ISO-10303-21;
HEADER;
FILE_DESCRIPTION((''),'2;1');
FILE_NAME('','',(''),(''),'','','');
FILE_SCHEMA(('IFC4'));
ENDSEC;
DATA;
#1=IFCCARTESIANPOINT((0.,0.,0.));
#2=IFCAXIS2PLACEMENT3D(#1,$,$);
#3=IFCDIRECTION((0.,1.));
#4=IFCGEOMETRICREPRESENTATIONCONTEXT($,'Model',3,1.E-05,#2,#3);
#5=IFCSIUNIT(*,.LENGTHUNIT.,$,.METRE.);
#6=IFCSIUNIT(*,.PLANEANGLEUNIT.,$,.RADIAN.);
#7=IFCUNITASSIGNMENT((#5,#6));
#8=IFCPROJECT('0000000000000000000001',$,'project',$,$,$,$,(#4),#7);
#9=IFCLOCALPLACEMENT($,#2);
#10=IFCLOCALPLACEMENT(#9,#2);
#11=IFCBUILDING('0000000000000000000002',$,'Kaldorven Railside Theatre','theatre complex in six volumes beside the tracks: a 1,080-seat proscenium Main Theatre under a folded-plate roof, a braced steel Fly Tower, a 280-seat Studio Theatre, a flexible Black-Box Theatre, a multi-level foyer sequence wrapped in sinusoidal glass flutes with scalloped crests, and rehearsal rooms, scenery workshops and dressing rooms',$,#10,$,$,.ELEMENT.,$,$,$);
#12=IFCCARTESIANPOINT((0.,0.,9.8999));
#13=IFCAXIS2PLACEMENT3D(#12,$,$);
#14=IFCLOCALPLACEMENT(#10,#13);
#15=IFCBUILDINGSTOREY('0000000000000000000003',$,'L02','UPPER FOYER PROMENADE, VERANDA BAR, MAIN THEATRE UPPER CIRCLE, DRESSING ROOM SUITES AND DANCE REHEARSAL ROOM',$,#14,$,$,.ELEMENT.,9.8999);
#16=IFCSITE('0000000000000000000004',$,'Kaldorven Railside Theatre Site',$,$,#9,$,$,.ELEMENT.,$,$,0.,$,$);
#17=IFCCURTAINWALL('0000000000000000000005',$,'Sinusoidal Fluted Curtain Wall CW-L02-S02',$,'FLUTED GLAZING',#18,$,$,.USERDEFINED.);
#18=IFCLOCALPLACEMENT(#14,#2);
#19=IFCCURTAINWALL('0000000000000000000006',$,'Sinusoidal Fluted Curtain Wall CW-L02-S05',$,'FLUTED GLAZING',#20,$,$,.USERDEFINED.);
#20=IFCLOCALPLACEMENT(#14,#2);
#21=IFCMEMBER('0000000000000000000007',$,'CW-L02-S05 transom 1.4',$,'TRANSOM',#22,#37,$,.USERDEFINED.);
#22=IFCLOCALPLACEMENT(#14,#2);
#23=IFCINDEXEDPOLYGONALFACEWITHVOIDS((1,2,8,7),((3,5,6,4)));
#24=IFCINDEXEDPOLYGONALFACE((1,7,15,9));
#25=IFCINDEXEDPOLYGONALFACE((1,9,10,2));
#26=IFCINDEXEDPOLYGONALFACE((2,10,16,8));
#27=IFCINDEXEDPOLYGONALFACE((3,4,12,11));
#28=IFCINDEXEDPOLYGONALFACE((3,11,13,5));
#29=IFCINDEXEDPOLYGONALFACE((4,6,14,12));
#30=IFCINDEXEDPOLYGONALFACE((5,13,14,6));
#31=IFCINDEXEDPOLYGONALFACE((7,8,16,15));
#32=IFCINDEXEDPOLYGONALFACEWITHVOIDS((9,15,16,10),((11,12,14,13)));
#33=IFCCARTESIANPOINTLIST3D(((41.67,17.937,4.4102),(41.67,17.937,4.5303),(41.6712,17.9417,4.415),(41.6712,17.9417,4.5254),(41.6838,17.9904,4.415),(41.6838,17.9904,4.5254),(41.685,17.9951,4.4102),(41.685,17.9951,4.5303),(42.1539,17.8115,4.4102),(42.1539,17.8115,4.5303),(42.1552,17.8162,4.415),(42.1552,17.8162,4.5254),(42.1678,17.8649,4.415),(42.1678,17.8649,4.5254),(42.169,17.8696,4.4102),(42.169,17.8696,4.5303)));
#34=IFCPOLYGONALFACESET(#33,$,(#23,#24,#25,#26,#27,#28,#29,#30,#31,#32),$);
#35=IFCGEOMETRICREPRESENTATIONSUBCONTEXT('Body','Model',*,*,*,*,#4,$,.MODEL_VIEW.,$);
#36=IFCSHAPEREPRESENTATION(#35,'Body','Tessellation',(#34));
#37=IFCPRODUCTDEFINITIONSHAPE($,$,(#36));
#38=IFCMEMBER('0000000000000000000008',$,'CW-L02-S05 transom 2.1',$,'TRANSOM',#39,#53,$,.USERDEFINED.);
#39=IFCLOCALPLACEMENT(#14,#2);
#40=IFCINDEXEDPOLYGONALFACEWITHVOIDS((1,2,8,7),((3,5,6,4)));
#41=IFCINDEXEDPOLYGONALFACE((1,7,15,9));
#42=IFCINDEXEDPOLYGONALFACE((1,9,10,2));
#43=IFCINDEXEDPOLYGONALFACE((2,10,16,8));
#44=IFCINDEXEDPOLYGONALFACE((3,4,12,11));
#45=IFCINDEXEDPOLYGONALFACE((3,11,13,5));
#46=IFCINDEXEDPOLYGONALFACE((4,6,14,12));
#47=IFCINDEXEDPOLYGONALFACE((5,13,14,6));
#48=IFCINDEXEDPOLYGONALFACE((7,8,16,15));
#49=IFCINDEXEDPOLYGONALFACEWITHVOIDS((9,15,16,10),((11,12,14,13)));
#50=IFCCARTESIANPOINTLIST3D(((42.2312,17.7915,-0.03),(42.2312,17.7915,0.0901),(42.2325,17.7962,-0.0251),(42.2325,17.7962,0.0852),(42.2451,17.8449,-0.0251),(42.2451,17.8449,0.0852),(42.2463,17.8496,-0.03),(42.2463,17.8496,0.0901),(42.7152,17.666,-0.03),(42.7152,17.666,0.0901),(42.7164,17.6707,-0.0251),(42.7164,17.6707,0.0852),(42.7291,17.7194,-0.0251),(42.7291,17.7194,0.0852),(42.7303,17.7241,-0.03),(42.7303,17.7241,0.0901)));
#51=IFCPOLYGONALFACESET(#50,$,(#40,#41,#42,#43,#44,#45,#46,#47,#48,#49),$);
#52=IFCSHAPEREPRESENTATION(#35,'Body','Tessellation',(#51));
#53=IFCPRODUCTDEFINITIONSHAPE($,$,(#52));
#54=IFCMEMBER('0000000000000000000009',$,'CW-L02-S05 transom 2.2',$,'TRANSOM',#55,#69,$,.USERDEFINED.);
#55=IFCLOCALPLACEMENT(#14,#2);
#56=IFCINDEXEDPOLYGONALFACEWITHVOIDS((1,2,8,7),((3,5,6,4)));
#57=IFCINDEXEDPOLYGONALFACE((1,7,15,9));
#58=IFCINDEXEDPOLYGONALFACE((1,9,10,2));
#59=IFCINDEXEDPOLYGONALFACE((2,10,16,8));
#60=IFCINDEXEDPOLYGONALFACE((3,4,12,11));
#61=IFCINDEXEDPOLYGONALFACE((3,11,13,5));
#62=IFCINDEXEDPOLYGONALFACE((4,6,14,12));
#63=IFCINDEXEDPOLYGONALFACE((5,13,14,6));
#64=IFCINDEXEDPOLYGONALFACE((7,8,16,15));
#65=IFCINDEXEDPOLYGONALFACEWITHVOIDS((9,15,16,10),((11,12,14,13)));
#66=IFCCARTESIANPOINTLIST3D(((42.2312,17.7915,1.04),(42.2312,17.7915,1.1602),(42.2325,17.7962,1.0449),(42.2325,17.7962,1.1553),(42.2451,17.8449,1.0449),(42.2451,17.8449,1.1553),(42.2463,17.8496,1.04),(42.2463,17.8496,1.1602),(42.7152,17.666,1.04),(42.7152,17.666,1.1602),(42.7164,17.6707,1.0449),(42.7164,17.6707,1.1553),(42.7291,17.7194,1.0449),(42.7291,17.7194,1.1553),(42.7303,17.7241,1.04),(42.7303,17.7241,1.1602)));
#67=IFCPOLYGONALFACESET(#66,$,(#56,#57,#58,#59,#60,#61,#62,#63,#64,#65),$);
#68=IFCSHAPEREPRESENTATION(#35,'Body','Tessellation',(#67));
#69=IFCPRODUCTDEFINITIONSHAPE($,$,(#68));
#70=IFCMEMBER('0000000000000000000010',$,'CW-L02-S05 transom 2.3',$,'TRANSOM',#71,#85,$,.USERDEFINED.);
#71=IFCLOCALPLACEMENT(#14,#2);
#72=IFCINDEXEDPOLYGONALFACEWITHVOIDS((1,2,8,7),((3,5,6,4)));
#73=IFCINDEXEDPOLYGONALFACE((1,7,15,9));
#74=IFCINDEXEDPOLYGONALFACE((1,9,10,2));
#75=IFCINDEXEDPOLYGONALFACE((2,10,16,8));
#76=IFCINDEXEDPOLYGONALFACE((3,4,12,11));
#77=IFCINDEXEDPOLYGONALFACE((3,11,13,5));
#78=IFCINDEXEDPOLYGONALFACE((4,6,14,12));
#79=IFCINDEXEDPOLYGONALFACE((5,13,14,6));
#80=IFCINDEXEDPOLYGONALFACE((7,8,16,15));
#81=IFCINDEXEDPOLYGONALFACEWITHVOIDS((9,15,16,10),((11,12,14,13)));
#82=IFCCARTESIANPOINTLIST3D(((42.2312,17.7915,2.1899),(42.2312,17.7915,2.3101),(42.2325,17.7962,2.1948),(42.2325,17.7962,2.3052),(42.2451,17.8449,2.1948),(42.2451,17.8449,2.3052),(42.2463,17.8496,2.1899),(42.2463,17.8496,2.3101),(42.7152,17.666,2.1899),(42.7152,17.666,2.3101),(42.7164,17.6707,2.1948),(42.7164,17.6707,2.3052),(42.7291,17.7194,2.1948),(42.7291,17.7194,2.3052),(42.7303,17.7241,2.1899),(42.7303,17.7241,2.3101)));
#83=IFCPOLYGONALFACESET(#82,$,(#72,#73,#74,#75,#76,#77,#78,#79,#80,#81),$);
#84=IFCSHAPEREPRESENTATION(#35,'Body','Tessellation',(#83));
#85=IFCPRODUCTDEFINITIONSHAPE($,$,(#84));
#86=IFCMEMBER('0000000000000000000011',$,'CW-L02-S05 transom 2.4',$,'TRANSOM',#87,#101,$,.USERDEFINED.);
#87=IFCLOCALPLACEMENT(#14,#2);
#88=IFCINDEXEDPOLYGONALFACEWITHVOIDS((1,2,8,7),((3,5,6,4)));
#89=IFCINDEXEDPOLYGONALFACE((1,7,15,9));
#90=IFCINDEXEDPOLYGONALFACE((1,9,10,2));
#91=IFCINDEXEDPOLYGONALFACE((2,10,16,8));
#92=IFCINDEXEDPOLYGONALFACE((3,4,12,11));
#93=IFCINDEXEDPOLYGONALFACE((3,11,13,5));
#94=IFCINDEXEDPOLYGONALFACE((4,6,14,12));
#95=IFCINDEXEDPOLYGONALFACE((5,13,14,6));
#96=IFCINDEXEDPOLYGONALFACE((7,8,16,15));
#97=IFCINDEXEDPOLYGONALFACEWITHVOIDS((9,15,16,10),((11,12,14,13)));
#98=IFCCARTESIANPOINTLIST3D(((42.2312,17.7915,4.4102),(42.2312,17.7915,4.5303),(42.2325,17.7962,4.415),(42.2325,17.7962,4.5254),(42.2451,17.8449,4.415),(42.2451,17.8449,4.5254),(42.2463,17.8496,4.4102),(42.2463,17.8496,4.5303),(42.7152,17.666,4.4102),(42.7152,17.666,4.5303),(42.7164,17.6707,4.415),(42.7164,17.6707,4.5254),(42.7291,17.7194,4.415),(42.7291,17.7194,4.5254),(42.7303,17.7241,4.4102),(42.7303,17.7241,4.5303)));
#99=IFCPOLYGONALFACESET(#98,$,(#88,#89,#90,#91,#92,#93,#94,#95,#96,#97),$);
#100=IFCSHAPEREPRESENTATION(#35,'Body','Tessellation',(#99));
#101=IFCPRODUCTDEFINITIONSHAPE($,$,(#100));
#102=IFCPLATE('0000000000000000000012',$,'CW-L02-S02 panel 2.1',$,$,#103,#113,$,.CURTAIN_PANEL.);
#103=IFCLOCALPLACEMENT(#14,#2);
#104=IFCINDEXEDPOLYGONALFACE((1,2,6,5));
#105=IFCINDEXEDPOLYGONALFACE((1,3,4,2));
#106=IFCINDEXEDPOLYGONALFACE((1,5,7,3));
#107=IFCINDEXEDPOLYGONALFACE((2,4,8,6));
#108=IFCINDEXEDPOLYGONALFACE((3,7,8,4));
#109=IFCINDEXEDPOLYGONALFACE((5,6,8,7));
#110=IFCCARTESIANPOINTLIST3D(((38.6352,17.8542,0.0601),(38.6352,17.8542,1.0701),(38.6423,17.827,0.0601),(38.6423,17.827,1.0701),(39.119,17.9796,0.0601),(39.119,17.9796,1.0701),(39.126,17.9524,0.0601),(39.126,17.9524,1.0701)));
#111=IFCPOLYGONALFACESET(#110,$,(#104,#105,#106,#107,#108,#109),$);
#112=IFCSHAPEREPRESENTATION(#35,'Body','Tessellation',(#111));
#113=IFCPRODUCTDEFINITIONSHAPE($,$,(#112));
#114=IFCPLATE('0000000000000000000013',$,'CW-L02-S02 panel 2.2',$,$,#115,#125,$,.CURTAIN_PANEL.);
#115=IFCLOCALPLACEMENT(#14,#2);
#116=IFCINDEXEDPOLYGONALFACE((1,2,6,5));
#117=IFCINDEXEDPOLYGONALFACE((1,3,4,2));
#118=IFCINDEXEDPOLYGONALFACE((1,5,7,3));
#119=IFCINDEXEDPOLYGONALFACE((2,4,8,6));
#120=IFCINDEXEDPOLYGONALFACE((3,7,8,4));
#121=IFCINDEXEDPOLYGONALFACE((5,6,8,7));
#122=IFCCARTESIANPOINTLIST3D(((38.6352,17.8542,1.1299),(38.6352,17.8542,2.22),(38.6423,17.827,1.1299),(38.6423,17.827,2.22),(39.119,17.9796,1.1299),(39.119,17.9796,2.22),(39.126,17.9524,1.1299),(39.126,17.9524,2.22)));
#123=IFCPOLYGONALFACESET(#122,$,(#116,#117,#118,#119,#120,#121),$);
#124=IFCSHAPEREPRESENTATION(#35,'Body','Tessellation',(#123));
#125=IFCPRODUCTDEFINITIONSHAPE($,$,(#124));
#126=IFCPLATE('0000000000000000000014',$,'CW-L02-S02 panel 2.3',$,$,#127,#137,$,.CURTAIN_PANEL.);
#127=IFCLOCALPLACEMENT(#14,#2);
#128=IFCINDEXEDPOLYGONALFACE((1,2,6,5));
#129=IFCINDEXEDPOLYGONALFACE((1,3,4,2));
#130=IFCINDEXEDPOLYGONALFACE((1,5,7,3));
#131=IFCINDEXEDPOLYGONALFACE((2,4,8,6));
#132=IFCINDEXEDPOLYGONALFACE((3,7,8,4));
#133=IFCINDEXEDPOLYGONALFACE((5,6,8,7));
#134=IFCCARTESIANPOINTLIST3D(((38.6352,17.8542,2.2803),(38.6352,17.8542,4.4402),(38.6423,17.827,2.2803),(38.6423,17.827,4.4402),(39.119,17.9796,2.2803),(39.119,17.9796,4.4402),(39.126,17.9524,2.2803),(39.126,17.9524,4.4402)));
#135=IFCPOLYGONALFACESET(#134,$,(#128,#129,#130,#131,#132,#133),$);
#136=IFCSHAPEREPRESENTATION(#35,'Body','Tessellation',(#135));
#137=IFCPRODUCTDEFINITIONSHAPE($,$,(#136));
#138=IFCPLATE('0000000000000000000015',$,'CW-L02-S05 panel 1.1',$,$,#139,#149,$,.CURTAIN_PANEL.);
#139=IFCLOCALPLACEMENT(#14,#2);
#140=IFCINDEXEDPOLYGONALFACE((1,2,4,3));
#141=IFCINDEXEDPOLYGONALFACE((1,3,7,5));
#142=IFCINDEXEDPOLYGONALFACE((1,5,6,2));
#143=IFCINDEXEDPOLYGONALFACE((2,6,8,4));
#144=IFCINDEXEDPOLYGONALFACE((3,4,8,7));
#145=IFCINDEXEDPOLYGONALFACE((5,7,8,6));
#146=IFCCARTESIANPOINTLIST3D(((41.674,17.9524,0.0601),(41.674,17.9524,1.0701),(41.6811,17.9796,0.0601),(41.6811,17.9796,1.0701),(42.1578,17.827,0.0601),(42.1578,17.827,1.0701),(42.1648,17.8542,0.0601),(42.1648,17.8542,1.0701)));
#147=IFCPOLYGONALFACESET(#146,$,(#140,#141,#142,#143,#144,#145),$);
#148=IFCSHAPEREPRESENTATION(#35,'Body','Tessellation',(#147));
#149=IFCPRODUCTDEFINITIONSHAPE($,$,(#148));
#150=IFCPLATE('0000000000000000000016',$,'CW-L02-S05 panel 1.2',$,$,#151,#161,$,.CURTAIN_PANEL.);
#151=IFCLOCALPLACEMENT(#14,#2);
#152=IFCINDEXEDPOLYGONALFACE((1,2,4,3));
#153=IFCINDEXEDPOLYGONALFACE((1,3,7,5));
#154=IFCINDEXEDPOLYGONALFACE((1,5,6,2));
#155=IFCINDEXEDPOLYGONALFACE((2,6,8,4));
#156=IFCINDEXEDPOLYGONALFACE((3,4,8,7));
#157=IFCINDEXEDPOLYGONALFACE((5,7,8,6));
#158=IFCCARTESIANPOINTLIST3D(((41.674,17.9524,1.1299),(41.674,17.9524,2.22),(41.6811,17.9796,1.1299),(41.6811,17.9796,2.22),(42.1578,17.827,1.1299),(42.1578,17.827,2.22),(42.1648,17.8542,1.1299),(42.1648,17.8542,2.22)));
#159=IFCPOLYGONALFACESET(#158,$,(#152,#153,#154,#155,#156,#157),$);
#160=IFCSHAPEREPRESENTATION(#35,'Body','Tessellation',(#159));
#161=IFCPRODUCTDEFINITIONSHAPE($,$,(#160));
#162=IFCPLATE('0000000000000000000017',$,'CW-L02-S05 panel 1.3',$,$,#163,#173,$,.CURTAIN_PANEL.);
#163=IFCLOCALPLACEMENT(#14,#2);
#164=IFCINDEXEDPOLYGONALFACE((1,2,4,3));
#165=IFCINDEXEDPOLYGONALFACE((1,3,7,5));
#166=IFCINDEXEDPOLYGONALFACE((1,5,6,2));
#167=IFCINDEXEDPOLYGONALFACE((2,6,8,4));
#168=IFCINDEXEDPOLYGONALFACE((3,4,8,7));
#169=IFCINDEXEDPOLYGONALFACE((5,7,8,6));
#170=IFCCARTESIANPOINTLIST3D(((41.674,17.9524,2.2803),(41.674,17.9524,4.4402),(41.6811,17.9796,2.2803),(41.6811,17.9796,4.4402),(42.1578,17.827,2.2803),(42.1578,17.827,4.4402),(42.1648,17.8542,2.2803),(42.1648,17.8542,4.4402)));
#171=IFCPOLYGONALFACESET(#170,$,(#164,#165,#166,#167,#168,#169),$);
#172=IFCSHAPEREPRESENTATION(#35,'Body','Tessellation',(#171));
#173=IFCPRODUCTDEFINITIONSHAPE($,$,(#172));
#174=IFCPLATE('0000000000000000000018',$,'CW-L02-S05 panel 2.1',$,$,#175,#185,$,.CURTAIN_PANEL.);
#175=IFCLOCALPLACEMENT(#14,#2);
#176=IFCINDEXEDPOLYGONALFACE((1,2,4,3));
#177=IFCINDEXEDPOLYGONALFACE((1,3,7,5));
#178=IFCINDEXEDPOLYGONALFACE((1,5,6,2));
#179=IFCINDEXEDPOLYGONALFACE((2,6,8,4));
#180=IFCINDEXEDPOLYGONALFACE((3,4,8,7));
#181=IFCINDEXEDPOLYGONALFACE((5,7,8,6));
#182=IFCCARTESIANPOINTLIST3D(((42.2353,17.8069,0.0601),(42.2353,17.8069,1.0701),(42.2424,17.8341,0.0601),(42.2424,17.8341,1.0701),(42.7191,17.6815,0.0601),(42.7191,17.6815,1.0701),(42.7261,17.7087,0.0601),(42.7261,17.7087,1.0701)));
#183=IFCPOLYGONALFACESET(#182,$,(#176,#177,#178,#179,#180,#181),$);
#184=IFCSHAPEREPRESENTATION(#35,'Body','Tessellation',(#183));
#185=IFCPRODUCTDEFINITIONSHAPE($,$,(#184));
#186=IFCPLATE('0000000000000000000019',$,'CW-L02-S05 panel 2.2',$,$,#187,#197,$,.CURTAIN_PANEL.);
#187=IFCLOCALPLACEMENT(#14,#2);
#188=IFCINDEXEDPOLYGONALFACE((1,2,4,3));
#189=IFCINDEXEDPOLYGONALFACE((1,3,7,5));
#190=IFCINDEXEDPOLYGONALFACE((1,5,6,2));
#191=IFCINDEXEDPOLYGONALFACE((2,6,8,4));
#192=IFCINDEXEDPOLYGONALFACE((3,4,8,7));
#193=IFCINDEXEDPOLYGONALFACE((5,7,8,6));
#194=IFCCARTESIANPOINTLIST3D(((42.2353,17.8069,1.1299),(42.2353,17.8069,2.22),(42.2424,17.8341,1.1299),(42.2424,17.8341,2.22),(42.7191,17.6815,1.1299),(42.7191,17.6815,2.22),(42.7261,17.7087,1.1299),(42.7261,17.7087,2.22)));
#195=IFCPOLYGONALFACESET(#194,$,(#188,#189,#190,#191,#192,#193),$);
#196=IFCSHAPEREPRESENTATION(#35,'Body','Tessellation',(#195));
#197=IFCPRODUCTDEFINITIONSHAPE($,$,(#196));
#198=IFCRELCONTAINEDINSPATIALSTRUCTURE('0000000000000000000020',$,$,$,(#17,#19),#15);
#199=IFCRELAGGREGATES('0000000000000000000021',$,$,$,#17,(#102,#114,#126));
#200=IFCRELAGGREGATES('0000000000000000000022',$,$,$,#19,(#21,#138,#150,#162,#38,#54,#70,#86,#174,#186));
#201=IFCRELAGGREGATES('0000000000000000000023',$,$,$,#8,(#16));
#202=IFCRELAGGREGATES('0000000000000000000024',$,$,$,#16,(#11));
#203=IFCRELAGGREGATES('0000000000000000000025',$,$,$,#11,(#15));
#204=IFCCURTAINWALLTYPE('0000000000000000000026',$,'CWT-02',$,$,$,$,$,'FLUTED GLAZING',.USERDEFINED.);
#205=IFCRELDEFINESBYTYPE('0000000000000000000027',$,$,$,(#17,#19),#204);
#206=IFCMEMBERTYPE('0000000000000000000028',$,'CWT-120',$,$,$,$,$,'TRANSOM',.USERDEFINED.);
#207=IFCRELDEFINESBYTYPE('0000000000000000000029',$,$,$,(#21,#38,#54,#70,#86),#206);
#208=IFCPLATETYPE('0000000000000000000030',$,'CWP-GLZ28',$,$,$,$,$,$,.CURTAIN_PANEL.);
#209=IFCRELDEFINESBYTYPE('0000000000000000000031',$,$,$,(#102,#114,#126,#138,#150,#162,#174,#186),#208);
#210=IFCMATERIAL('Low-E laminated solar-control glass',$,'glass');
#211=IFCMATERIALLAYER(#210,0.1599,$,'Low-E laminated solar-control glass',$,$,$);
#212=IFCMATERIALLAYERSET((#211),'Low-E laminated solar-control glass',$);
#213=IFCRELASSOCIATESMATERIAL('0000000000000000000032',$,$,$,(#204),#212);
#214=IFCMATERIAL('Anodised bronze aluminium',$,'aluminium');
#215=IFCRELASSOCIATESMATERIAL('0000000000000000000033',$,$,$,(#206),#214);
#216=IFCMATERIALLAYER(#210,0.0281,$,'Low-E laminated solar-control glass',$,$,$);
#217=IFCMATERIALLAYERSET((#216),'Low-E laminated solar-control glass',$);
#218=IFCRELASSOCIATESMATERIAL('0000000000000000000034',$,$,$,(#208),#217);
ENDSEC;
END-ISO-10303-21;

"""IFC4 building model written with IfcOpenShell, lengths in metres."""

from ifc_helpers import new_model, si_unit, direction, frame, origin, origin_2d, place, context, subcontext, project, spatial, rectangle, hollow_rectangle, extrude, material, layer, layer_set, material_profile, profile_set, type_object, element, aggregate, save


model = new_model("IFC4")

# Units and contexts
model_context = context("Model", 3, precision=1e-05, world=origin(), true_north=direction((0.0, 1.0)))
body_context = subcontext(model_context, "Body", "Model", "MODEL_VIEW")
ifc_project = project(units=[si_unit("LENGTHUNIT", "METRE"), si_unit("PLANEANGLEUNIT", "RADIAN")], contexts=[model_context])

# Site, building, storey
site_placement = place(None, origin())
site = spatial("IfcSite", under=ifc_project, at=site_placement, Name="Kaldorven Railside Theatre Site", CompositionType="ELEMENT", RefElevation=0.0)
building_placement = place(site_placement, origin())
building = spatial("IfcBuilding", under=site, at=building_placement, Name="Kaldorven Railside Theatre", Description="theatre complex in six volumes beside the tracks: a 1,080-seat proscenium Main Theatre under a folded-plate roof, a braced steel Fly Tower, a 280-seat Studio Theatre, a flexible Black-Box Theatre, a multi-level foyer sequence wrapped in sinusoidal glass flutes with scalloped crests, and rehearsal rooms, scenery workshops and dressing rooms", CompositionType="ELEMENT")
storey_placement = place(building_placement, frame((0.0, 0.0, 9.8999)))
storey = spatial("IfcBuildingStorey", under=building, at=storey_placement, Name="L02", Description="UPPER FOYER PROMENADE, VERANDA BAR, MAIN THEATRE UPPER CIRCLE, DRESSING ROOM SUITES AND DANCE REHEARSAL ROOM", CompositionType="ELEMENT", Elevation=9.8999)

# Curtain wall
ifc_material_1 = material(Name="Low-E laminated solar-control glass", Category="glass")
ifc_layer_1 = layer(ifc_material_1, 0.1599, Name="Low-E laminated solar-control glass")
ifc_layer_set_1 = layer_set([ifc_layer_1], Name="Low-E laminated solar-control glass")
curtain_wall_type = type_object("IfcCurtainWallType", Name="CWT-02", ElementType="FLUTED GLAZING", PredefinedType="USERDEFINED", material=ifc_layer_set_1)
curtain_wall_1_placement = place(storey_placement, origin())
curtain_wall_1 = element("IfcCurtainWall", 1, at=curtain_wall_1_placement, inside=storey, type_object=curtain_wall_type, Name="Sinusoidal Fluted Curtain Wall CW-L02-S02", ObjectType="FLUTED GLAZING", PredefinedType="USERDEFINED")
ifc_material_2 = material(Name="Anodised bronze aluminium", Category="aluminium")

# Curtain wall, members
curtain_wall_2_placement = place(storey_placement, origin())
curtain_wall_2 = element("IfcCurtainWall", 2, at=curtain_wall_2_placement, inside=storey, type_object=curtain_wall_type, Name="Sinusoidal Fluted Curtain Wall CW-L02-S05", ObjectType="FLUTED GLAZING", PredefinedType="USERDEFINED")
ifc_material_profile_1 = material_profile(ifc_material_2, hollow_rectangle(XDim=0.0601, YDim=0.1201, WallThickness=0.0049, at=origin_2d()), Name="RHS 120x60x5")
ifc_profile_set_1 = profile_set([ifc_material_profile_1], Name="Anodised bronze aluminium")
member_type_1 = type_object("IfcMemberType", Name="CWT-120", ElementType="TRANSOM", PredefinedType="USERDEFINED", material=ifc_profile_set_1)
member_1_placement = place(storey_placement, frame((41.6775, 17.9661, 4.4702), z_axis=(0.967979, -0.25103, 0.0), x_axis=(0.25103, 0.967979, 0.0)))
member_1 = element("IfcMember", 3, at=member_1_placement, type_object=member_type_1, Name="CW-L02-S05 transom 1.4", ObjectType="TRANSOM", PredefinedType="USERDEFINED", context=body_context, shape_type="SweptSolid", body=[
    extrude(hollow_rectangle(XDim=0.0601, YDim=0.1201, WallThickness=0.0049, at=origin_2d()), origin(), (0.0, 0.0, 1.0), 0.5),
])
member_2_placement = place(storey_placement, frame((42.2388, 17.8206, 0.03), z_axis=(0.967979, -0.25103, 0.0), x_axis=(0.25103, 0.967979, 0.0)))
member_2 = element("IfcMember", 4, at=member_2_placement, type_object=member_type_1, Name="CW-L02-S05 transom 2.1", ObjectType="TRANSOM", PredefinedType="USERDEFINED", context=body_context, shape_type="SweptSolid", body=[
    extrude(hollow_rectangle(XDim=0.0601, YDim=0.1201, WallThickness=0.0049, at=origin_2d()), origin(), (0.0, 0.0, 1.0), 0.5),
])
member_3_placement = place(storey_placement, frame((42.2388, 17.8206, 1.1001), z_axis=(0.967979, -0.25103, 0.0), x_axis=(0.25103, 0.967979, 0.0)))
member_3 = element("IfcMember", 5, at=member_3_placement, type_object=member_type_1, Name="CW-L02-S05 transom 2.2", ObjectType="TRANSOM", PredefinedType="USERDEFINED", context=body_context, shape_type="SweptSolid", body=[
    extrude(hollow_rectangle(XDim=0.0601, YDim=0.1201, WallThickness=0.0049, at=origin_2d()), origin(), (0.0, 0.0, 1.0), 0.5),
])
member_4_placement = place(storey_placement, frame((42.2388, 17.8206, 2.25), z_axis=(0.967979, -0.25103, 0.0), x_axis=(0.25103, 0.967979, 0.0)))
member_4 = element("IfcMember", 6, at=member_4_placement, type_object=member_type_1, Name="CW-L02-S05 transom 2.3", ObjectType="TRANSOM", PredefinedType="USERDEFINED", context=body_context, shape_type="SweptSolid", body=[
    extrude(hollow_rectangle(XDim=0.0601, YDim=0.1201, WallThickness=0.0049, at=origin_2d()), origin(), (0.0, 0.0, 1.0), 0.5),
])
member_5_placement = place(storey_placement, frame((42.2388, 17.8206, 4.4702), z_axis=(0.967979, -0.25103, 0.0), x_axis=(0.25103, 0.967979, 0.0)))
member_5 = element("IfcMember", 7, at=member_5_placement, type_object=member_type_1, Name="CW-L02-S05 transom 2.4", ObjectType="TRANSOM", PredefinedType="USERDEFINED", context=body_context, shape_type="SweptSolid", body=[
    extrude(hollow_rectangle(XDim=0.0601, YDim=0.1201, WallThickness=0.0049, at=origin_2d()), origin(), (0.0, 0.0, 1.0), 0.5),
])

# Plates
ifc_layer_2 = layer(ifc_material_1, 0.0281, Name="Low-E laminated solar-control glass")
ifc_layer_set_2 = layer_set([ifc_layer_2], Name="Low-E laminated solar-control glass")
plate_type = type_object("IfcPlateType", Name="CWP-GLZ28", PredefinedType="CURTAIN_PANEL", material=ifc_layer_set_2)
plate_1_placement = place(storey_placement, frame((38.8806, 17.9033, 0.0601), z_axis=(0.0, 0.0, 1.0), x_axis=(0.967999, 0.250954, 0.0)))
plate_1 = element("IfcPlate", 8, at=plate_1_placement, type_object=plate_type, Name="CW-L02-S02 panel 2.1", PredefinedType="CURTAIN_PANEL", context=body_context, shape_type="SweptSolid", body=[
    extrude(rectangle(XDim=0.4998, YDim=0.0281, at=origin_2d()), origin(), (0.0, 0.0, 1.0), 1.01),
])
plate_2_placement = place(storey_placement, frame((38.8806, 17.9033, 1.1299), z_axis=(0.0, 0.0, 1.0), x_axis=(0.967999, 0.250954, 0.0)))
plate_2 = element("IfcPlate", 9, at=plate_2_placement, type_object=plate_type, Name="CW-L02-S02 panel 2.2", PredefinedType="CURTAIN_PANEL", context=body_context, shape_type="SweptSolid", body=[
    extrude(rectangle(XDim=0.4998, YDim=0.0281, at=origin_2d()), origin(), (0.0, 0.0, 1.0), 1.0901),
])
plate_3_placement = place(storey_placement, frame((38.8806, 17.9033, 2.2803), z_axis=(0.0, 0.0, 1.0), x_axis=(0.967999, 0.250954, 0.0)))
plate_3 = element("IfcPlate", 10, at=plate_3_placement, type_object=plate_type, Name="CW-L02-S02 panel 2.3", PredefinedType="CURTAIN_PANEL", context=body_context, shape_type="SweptSolid", body=[
    extrude(rectangle(XDim=0.4998, YDim=0.0281, at=origin_2d()), origin(), (0.0, 0.0, 1.0), 2.1599),
])
aggregate(curtain_wall_1, [plate_1, plate_2, plate_3])
plate_4_placement = place(storey_placement, frame((41.9194, 17.9033, 0.0601), z_axis=(0.0, 0.0, 1.0), x_axis=(0.967999, -0.250954, 0.0)))
plate_4 = element("IfcPlate", 11, at=plate_4_placement, type_object=plate_type, Name="CW-L02-S05 panel 1.1", PredefinedType="CURTAIN_PANEL", context=body_context, shape_type="SweptSolid", body=[
    extrude(rectangle(XDim=0.4998, YDim=0.0281, at=origin_2d()), origin(), (0.0, 0.0, 1.0), 1.01),
])
plate_5_placement = place(storey_placement, frame((41.9194, 17.9033, 1.1299), z_axis=(0.0, 0.0, 1.0), x_axis=(0.967999, -0.250954, 0.0)))
plate_5 = element("IfcPlate", 12, at=plate_5_placement, type_object=plate_type, Name="CW-L02-S05 panel 1.2", PredefinedType="CURTAIN_PANEL", context=body_context, shape_type="SweptSolid", body=[
    extrude(rectangle(XDim=0.4998, YDim=0.0281, at=origin_2d()), origin(), (0.0, 0.0, 1.0), 1.0901),
])
plate_6_placement = place(storey_placement, frame((41.9194, 17.9033, 2.2803), z_axis=(0.0, 0.0, 1.0), x_axis=(0.967999, -0.250954, 0.0)))
plate_6 = element("IfcPlate", 13, at=plate_6_placement, type_object=plate_type, Name="CW-L02-S05 panel 1.3", PredefinedType="CURTAIN_PANEL", context=body_context, shape_type="SweptSolid", body=[
    extrude(rectangle(XDim=0.4998, YDim=0.0281, at=origin_2d()), origin(), (0.0, 0.0, 1.0), 2.1599),
])
plate_7_placement = place(storey_placement, frame((42.4807, 17.7578, 0.0601), z_axis=(0.0, 0.0, 1.0), x_axis=(0.967999, -0.250954, 0.0)))
plate_7 = element("IfcPlate", 14, at=plate_7_placement, type_object=plate_type, Name="CW-L02-S05 panel 2.1", PredefinedType="CURTAIN_PANEL", context=body_context, shape_type="SweptSolid", body=[
    extrude(rectangle(XDim=0.4998, YDim=0.0281, at=origin_2d()), origin(), (0.0, 0.0, 1.0), 1.01),
])
plate_8_placement = place(storey_placement, frame((42.4807, 17.7578, 1.1299), z_axis=(0.0, 0.0, 1.0), x_axis=(0.967999, -0.250954, 0.0)))
plate_8 = element("IfcPlate", 15, at=plate_8_placement, type_object=plate_type, Name="CW-L02-S05 panel 2.2", PredefinedType="CURTAIN_PANEL", context=body_context, shape_type="SweptSolid", body=[
    extrude(rectangle(XDim=0.4998, YDim=0.0281, at=origin_2d()), origin(), (0.0, 0.0, 1.0), 1.0901),
])
aggregate(curtain_wall_2, [member_1, plate_4, plate_5, plate_6, member_2, member_3, member_4, member_5, plate_7, plate_8])

save(model, "model.ifc")
